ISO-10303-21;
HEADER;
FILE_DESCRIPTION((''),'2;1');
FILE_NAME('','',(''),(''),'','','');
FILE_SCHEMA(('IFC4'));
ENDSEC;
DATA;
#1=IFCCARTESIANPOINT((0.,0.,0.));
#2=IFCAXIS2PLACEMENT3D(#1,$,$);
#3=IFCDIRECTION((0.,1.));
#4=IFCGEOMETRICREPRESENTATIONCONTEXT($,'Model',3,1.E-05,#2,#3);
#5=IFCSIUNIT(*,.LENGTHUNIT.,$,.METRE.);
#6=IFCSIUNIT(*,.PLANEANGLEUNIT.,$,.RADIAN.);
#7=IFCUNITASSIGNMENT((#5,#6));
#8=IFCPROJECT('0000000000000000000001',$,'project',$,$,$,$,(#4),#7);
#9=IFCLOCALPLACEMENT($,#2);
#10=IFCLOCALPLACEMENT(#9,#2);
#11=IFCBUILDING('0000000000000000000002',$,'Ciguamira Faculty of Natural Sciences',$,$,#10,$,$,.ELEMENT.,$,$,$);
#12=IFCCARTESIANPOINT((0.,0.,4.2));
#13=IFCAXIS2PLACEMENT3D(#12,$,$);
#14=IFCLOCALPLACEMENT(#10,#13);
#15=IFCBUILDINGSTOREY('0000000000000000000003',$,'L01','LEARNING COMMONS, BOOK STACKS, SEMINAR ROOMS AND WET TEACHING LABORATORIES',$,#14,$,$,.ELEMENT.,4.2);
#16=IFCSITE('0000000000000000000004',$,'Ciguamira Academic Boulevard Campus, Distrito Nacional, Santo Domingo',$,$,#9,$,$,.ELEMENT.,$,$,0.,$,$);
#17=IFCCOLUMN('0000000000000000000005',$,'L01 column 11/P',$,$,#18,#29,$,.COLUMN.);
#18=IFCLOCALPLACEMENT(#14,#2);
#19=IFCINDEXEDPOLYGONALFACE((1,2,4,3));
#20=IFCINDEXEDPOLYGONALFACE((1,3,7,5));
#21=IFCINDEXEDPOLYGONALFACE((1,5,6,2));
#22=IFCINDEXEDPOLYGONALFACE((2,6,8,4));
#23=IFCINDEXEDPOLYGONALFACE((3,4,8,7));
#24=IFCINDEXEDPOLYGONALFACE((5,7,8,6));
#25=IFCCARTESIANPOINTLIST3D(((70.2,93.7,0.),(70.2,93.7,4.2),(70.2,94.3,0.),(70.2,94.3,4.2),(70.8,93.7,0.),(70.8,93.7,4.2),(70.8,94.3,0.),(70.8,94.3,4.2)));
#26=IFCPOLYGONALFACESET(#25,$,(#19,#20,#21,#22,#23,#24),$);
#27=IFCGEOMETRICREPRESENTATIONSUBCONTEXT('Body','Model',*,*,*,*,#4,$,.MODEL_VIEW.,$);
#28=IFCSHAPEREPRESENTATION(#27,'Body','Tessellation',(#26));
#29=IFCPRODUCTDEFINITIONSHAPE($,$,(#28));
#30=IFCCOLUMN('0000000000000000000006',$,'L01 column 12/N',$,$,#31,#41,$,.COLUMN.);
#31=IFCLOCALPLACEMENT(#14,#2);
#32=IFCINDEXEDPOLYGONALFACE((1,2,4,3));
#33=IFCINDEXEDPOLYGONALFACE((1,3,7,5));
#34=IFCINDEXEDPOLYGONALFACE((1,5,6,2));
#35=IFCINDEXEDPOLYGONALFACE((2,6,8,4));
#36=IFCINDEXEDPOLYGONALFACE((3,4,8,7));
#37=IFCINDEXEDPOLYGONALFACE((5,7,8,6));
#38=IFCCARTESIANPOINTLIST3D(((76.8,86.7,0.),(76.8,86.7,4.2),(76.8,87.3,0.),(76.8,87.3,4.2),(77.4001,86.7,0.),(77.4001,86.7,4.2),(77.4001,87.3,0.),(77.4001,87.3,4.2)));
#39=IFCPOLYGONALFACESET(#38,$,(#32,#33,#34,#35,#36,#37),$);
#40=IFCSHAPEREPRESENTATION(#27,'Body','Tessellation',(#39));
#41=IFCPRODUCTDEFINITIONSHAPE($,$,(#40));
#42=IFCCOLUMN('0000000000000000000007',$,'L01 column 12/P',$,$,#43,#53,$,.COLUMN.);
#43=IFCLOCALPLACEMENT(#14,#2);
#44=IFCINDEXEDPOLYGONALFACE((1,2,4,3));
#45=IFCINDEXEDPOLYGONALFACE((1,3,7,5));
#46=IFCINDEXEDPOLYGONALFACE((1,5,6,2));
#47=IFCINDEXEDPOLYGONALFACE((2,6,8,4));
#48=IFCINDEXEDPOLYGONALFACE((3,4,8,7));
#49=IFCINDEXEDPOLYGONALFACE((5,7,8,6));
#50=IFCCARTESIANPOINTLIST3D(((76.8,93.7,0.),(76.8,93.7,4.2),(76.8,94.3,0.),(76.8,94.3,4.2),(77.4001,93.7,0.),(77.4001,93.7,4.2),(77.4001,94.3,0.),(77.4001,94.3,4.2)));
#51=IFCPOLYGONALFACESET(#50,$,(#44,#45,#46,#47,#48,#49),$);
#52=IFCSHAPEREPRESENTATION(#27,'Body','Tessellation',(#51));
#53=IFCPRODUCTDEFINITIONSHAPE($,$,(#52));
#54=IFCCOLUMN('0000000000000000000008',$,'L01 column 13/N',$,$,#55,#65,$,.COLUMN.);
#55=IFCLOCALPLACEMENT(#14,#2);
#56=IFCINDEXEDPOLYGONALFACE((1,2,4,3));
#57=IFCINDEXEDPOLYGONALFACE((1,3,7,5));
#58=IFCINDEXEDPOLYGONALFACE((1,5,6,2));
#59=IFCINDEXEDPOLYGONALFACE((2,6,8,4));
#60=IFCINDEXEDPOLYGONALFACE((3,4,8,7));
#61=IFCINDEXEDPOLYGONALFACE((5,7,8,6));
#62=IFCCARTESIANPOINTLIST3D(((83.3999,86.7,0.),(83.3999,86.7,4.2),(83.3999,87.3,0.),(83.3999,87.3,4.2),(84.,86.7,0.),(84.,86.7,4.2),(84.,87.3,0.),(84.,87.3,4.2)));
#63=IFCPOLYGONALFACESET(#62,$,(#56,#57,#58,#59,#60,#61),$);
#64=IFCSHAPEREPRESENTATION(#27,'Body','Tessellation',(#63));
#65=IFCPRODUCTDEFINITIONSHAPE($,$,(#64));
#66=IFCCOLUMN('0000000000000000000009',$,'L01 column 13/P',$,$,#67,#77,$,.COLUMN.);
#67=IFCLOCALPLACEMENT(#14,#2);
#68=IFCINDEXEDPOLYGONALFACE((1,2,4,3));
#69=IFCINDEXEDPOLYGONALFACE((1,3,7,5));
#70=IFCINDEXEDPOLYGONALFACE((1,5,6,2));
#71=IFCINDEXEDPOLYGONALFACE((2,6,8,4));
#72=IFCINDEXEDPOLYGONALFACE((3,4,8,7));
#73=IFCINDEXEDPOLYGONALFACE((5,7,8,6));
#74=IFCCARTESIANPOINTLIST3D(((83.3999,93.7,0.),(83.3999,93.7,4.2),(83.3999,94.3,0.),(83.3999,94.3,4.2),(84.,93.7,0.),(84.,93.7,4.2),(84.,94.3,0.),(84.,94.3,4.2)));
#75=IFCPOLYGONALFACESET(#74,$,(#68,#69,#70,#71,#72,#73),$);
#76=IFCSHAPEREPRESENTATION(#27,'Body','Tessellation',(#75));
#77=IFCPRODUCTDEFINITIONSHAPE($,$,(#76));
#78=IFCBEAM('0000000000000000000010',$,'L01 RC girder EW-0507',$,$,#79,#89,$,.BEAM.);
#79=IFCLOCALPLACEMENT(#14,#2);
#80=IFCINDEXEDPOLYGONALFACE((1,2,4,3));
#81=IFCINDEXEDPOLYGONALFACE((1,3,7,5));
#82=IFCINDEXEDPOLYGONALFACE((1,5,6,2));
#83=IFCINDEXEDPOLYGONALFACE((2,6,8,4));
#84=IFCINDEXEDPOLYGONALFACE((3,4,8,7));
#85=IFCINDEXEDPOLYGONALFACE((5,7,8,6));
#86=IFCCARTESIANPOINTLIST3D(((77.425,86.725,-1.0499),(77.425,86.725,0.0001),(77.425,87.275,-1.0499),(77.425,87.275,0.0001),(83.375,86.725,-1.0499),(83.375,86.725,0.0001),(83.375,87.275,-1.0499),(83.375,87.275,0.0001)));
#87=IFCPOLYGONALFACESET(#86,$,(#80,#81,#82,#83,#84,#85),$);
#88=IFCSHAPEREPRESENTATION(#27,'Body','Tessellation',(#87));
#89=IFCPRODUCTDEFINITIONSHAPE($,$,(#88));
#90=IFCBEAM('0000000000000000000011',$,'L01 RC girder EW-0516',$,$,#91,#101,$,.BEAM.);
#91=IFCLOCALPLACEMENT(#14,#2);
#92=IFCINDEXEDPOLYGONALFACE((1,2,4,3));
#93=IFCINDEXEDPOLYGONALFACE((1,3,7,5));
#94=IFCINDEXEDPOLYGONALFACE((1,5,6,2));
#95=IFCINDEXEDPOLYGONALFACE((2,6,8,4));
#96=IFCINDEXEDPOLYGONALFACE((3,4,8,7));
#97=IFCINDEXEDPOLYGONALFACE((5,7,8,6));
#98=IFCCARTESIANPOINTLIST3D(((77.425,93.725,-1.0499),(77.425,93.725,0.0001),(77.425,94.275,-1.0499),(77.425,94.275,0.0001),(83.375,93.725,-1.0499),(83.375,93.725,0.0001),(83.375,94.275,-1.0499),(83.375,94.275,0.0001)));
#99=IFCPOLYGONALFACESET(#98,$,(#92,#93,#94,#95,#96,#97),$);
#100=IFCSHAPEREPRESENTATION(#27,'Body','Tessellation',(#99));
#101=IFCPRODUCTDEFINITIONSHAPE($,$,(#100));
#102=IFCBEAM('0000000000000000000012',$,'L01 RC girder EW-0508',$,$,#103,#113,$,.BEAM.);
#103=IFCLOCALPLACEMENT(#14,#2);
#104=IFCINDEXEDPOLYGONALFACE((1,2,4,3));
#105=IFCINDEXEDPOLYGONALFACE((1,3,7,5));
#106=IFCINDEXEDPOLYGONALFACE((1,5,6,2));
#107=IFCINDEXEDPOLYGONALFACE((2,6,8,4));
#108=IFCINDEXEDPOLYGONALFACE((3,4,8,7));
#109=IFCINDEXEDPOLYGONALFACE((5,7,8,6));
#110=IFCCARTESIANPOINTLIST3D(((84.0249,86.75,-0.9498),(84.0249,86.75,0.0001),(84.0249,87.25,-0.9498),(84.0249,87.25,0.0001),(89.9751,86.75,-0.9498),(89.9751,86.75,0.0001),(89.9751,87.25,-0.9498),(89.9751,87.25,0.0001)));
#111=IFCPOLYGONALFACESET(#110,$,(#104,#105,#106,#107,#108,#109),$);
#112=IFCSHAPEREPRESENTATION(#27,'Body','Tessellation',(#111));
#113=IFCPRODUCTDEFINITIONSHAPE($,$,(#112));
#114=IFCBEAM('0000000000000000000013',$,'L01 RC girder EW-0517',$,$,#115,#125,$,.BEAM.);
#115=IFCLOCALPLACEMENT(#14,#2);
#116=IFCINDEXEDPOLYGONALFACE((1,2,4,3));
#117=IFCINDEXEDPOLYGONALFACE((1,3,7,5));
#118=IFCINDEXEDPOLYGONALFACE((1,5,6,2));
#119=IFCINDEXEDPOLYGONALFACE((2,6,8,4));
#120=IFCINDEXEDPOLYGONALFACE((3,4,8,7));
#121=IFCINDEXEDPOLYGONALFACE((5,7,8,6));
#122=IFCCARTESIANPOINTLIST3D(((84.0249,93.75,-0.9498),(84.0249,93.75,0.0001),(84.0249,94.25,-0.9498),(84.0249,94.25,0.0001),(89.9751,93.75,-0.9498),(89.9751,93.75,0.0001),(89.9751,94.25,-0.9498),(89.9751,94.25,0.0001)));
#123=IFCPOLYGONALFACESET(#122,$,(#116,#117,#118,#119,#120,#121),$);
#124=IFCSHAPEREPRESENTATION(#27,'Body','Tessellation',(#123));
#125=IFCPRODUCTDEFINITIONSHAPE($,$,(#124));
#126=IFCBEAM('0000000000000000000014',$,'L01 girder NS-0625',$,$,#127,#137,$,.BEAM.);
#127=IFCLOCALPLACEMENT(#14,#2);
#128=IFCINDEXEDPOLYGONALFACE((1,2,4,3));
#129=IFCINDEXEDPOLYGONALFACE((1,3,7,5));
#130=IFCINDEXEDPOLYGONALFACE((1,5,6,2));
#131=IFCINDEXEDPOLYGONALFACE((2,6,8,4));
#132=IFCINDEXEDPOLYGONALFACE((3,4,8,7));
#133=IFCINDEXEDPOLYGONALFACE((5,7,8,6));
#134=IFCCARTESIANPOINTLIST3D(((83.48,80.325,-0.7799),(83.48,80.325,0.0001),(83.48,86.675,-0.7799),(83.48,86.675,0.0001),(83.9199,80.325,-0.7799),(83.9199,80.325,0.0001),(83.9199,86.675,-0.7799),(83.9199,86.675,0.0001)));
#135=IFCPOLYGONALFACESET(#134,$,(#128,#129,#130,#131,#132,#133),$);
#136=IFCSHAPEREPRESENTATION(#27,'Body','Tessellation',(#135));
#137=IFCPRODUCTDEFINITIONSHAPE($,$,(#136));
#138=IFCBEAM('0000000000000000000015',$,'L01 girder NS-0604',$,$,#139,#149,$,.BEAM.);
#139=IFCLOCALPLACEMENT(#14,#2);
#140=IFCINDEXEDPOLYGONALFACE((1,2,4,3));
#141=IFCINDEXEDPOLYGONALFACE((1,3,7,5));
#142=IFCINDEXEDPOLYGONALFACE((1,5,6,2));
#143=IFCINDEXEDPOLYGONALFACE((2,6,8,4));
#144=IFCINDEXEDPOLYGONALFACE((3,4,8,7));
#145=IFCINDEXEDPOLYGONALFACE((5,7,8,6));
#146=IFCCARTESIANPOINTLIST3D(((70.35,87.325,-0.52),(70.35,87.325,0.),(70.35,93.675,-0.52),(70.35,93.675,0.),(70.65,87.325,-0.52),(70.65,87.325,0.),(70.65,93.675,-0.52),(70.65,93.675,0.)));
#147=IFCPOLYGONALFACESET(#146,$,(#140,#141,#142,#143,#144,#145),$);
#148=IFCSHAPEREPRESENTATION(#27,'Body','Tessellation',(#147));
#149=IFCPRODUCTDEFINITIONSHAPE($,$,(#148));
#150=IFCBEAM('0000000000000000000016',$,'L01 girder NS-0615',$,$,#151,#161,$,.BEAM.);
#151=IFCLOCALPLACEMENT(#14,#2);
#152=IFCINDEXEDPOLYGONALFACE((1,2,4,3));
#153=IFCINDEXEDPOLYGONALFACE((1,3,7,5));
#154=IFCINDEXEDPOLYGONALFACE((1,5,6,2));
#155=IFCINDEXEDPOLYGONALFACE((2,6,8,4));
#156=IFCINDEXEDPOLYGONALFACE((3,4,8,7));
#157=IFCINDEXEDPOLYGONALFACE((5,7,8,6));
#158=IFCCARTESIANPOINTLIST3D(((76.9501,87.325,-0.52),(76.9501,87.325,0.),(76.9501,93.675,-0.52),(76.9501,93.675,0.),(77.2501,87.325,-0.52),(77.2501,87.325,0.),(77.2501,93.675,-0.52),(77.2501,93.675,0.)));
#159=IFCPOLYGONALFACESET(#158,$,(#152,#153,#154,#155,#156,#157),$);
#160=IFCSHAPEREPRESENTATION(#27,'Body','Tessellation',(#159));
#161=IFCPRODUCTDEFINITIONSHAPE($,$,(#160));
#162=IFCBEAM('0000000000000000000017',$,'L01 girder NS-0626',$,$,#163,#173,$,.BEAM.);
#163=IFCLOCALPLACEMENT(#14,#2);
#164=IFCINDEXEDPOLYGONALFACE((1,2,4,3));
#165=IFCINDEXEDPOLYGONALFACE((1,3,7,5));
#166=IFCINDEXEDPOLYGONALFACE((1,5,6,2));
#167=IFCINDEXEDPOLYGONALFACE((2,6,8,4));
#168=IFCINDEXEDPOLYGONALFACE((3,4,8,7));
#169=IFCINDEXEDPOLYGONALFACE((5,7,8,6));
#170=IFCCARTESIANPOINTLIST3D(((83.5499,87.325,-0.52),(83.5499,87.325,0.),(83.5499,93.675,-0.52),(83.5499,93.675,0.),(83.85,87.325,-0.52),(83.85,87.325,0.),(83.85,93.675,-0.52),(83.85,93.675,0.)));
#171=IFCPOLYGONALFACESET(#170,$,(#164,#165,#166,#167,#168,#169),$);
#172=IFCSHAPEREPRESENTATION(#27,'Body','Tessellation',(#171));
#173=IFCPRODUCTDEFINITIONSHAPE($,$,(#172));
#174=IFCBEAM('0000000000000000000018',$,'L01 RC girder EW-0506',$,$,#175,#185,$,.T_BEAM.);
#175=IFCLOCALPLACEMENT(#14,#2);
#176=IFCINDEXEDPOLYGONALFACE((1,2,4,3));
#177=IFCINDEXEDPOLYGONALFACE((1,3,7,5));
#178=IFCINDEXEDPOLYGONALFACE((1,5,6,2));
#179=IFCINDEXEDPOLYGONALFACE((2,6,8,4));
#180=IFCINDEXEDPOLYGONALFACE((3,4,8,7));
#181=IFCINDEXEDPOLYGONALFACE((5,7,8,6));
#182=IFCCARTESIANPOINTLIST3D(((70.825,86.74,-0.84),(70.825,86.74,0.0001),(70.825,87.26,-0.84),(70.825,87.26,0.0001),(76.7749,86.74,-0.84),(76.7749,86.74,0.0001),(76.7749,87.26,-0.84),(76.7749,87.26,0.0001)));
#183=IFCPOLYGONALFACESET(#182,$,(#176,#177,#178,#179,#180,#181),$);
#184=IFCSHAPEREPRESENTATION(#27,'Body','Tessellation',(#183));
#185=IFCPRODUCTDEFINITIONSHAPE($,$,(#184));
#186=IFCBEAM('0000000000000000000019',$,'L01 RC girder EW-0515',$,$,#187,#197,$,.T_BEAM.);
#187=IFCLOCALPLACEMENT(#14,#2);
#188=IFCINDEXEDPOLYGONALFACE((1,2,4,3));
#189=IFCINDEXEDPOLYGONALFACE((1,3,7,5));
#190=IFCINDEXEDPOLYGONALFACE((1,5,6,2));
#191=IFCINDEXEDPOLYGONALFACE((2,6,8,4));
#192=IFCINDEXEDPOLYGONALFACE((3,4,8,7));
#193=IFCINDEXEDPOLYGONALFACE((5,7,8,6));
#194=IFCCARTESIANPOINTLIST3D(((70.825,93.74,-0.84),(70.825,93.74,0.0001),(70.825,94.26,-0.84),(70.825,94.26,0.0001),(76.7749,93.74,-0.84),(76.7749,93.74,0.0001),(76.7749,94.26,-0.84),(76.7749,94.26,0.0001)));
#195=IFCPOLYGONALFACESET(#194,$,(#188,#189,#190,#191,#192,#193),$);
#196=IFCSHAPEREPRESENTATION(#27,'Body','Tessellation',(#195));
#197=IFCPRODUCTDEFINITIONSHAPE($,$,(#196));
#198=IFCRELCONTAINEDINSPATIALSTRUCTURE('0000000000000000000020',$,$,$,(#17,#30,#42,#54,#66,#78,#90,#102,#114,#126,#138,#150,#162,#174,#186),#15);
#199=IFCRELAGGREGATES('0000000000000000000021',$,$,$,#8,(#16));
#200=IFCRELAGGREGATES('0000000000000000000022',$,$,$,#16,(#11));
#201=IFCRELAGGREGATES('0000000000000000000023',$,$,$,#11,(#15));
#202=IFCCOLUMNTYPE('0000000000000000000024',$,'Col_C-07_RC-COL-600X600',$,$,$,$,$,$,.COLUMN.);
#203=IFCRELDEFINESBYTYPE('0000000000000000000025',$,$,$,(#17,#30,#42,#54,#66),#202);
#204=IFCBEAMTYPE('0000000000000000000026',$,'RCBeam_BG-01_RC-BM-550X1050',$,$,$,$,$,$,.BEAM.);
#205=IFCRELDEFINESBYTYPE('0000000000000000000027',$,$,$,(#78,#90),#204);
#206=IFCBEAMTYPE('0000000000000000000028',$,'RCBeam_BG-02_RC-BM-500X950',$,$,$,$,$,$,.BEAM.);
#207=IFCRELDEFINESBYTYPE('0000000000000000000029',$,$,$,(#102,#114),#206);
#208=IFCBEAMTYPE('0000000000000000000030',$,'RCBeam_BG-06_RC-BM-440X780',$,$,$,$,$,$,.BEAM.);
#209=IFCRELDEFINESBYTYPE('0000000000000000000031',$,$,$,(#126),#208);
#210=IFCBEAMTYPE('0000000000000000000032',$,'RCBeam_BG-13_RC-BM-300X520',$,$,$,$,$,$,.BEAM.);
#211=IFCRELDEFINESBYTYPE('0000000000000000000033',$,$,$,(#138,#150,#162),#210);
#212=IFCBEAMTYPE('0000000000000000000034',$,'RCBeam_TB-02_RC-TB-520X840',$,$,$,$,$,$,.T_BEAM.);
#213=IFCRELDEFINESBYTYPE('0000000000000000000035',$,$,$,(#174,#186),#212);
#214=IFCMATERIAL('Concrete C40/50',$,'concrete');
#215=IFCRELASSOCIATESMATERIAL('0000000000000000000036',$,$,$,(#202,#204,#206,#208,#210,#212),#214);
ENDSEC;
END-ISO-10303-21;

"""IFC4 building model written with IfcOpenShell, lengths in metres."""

from ifc_helpers import new_model, si_unit, direction, frame, origin, origin_2d, place, context, subcontext, project, spatial, rectangle, extrude, material, material_profile, profile_set, type_object, element, save


model = new_model("IFC4")

# Units and contexts
model_context = context("Model", 3, precision=1e-05, world=origin(), true_north=direction((0.0, 1.0)))
body_context = subcontext(model_context, "Body", "Model", "MODEL_VIEW")
ifc_project = project(units=[si_unit("LENGTHUNIT", "METRE"), si_unit("PLANEANGLEUNIT", "RADIAN")], contexts=[model_context])

# Site, building, storey
site_placement = place(None, origin())
site = spatial("IfcSite", under=ifc_project, at=site_placement, Name="Ciguamira Academic Boulevard Campus, Distrito Nacional, Santo Domingo", CompositionType="ELEMENT", RefElevation=0.0)
building_placement = place(site_placement, origin())
building = spatial("IfcBuilding", under=site, at=building_placement, Name="Ciguamira Faculty of Natural Sciences", CompositionType="ELEMENT")
storey_placement = place(building_placement, frame((0.0, 0.0, 4.2)))
storey = spatial("IfcBuildingStorey", under=building, at=storey_placement, Name="L01", Description="LEARNING COMMONS, BOOK STACKS, SEMINAR ROOMS AND WET TEACHING LABORATORIES", CompositionType="ELEMENT", Elevation=4.2)

# Columns
ifc_material_1 = material(Name="Concrete C40/50", Category="concrete")
ifc_material_profile_1 = material_profile(ifc_material_1, rectangle(XDim=0.6001, YDim=0.6001, at=origin_2d()), Name="RC-COL-600X600")
ifc_profile_set_1 = profile_set([ifc_material_profile_1], Name="Concrete C40/50")
column_type = type_object("IfcColumnType", Name="Col_C-07_RC-COL-600X600", PredefinedType="COLUMN", material=ifc_profile_set_1)
for number, where, z_axis, x_axis, name in (
    (1, (70.5, 94.0, 0.0), (0.0, 0.0, 1.0), (1.0, 0.0, 0.0), "L01 column 11/P"),
    (2, (77.1001, 87.0, 0.0), (0.0, 0.0, 1.0), (1.0, 0.0, 0.0), "L01 column 12/N"),
    (3, (77.1001, 94.0, 0.0), (0.0, 0.0, 1.0), (1.0, 0.0, 0.0), "L01 column 12/P"),
    (4, (83.7, 87.0, 0.0), (0.0, 0.0, 1.0), (1.0, 0.0, 0.0), "L01 column 13/N"),
    (5, (83.7, 94.0, 0.0), (0.0, 0.0, 1.0), (1.0, 0.0, 0.0), "L01 column 13/P"),
):
    element("IfcColumn", number, at=place(storey_placement, frame(where, z_axis=z_axis, x_axis=x_axis)), inside=storey, type_object=column_type, Name=name, PredefinedType="COLUMN", context=body_context, shape_type="SweptSolid", body=[
        extrude(rectangle(XDim=0.6001, YDim=0.6001, at=origin_2d()), origin(), (0.0, 0.0, 1.0), 4.2),
    ])

# Beams
ifc_material_profile_2 = material_profile(ifc_material_1, rectangle(XDim=0.55, YDim=1.05, at=origin_2d()), Name="RC-BM-550X1050")
ifc_profile_set_2 = profile_set([ifc_material_profile_2], Name="Concrete C40/50")
beam_type_1 = type_object("IfcBeamType", Name="RCBeam_BG-01_RC-BM-550X1050", PredefinedType="BEAM", material=ifc_profile_set_2)
for number, where, z_axis, x_axis, name in (
    (6, (77.425, 87.0, -0.5249), (1.0, 0.0, 0.0), (0.0, 1.0, 0.0), "L01 RC girder EW-0507"),
    (7, (77.425, 94.0, -0.5249), (1.0, 0.0, 0.0), (0.0, 1.0, 0.0), "L01 RC girder EW-0516"),
):
    element("IfcBeam", number, at=place(storey_placement, frame(where, z_axis=z_axis, x_axis=x_axis)), inside=storey, type_object=beam_type_1, Name=name, PredefinedType="BEAM", context=body_context, shape_type="SweptSolid", body=[
        extrude(rectangle(XDim=0.55, YDim=1.05, at=origin_2d()), origin(), (0.0, 0.0, 1.0), 5.95),
    ])
ifc_material_profile_3 = material_profile(ifc_material_1, rectangle(XDim=0.5, YDim=0.95, at=origin_2d()), Name="RC-BM-500X950")
ifc_profile_set_3 = profile_set([ifc_material_profile_3], Name="Concrete C40/50")
beam_type_2 = type_object("IfcBeamType", Name="RCBeam_BG-02_RC-BM-500X950", PredefinedType="BEAM", material=ifc_profile_set_3)
for number, where, z_axis, x_axis, name in (
    (8, (84.0249, 87.0, -0.4749), (1.0, 0.0, 0.0), (0.0, 1.0, 0.0), "L01 RC girder EW-0508"),
    (9, (84.0249, 94.0, -0.4749), (1.0, 0.0, 0.0), (0.0, 1.0, 0.0), "L01 RC girder EW-0517"),
):
    element("IfcBeam", number, at=place(storey_placement, frame(where, z_axis=z_axis, x_axis=x_axis)), inside=storey, type_object=beam_type_2, Name=name, PredefinedType="BEAM", context=body_context, shape_type="SweptSolid", body=[
        extrude(rectangle(XDim=0.5, YDim=0.95, at=origin_2d()), origin(), (0.0, 0.0, 1.0), 5.9502),
    ])
ifc_material_profile_4 = material_profile(ifc_material_1, rectangle(XDim=0.4399, YDim=0.78, at=origin_2d()), Name="RC-BM-440X780")
ifc_profile_set_4 = profile_set([ifc_material_profile_4], Name="Concrete C40/50")
beam_type_3 = type_object("IfcBeamType", Name="RCBeam_BG-06_RC-BM-440X780", PredefinedType="BEAM", material=ifc_profile_set_4)
beam_1_placement = place(storey_placement, frame((83.7, 80.325, -0.3899), z_axis=(0.0, 1.0, 0.0), x_axis=(-1.0, 0.0, 0.0)))
element("IfcBeam", 10, at=beam_1_placement, inside=storey, type_object=beam_type_3, Name="L01 girder NS-0625", PredefinedType="BEAM", context=body_context, shape_type="SweptSolid", body=[
    extrude(rectangle(XDim=0.4399, YDim=0.78, at=origin_2d()), origin(), (0.0, 0.0, 1.0), 6.3501),
])
ifc_material_profile_5 = material_profile(ifc_material_1, rectangle(XDim=0.3, YDim=0.52, at=origin_2d()), Name="RC-BM-300X520")
ifc_profile_set_5 = profile_set([ifc_material_profile_5], Name="Concrete C40/50")
beam_type_4 = type_object("IfcBeamType", Name="RCBeam_BG-13_RC-BM-300X520", PredefinedType="BEAM", material=ifc_profile_set_5)
for number, where, z_axis, x_axis, name in (
    (11, (70.5, 87.325, -0.26), (0.0, 1.0, 0.0), (-1.0, 0.0, 0.0), "L01 girder NS-0604"),
    (12, (77.1001, 87.325, -0.26), (0.0, 1.0, 0.0), (-1.0, 0.0, 0.0), "L01 girder NS-0615"),
    (13, (83.7, 87.325, -0.26), (0.0, 1.0, 0.0), (-1.0, 0.0, 0.0), "L01 girder NS-0626"),
):
    element("IfcBeam", number, at=place(storey_placement, frame(where, z_axis=z_axis, x_axis=x_axis)), inside=storey, type_object=beam_type_4, Name=name, PredefinedType="BEAM", context=body_context, shape_type="SweptSolid", body=[
        extrude(rectangle(XDim=0.3, YDim=0.52, at=origin_2d()), origin(), (0.0, 0.0, 1.0), 6.3501),
    ])
ifc_material_profile_6 = material_profile(ifc_material_1, rectangle(XDim=0.52, YDim=0.8401, at=origin_2d()), Name="RC-TB-520X840")
ifc_profile_set_6 = profile_set([ifc_material_profile_6], Name="Concrete C40/50")
beam_type_5 = type_object("IfcBeamType", Name="RCBeam_TB-02_RC-TB-520X840", PredefinedType="T_BEAM", material=ifc_profile_set_6)
for number, where, z_axis, x_axis, name in (
    (14, (70.825, 87.0, -0.4199), (1.0, 0.0, 0.0), (0.0, 1.0, 0.0), "L01 RC girder EW-0506"),
    (15, (70.825, 94.0, -0.4199), (1.0, 0.0, 0.0), (0.0, 1.0, 0.0), "L01 RC girder EW-0515"),
):
    element("IfcBeam", number, at=place(storey_placement, frame(where, z_axis=z_axis, x_axis=x_axis)), inside=storey, type_object=beam_type_5, Name=name, PredefinedType="T_BEAM", context=body_context, shape_type="SweptSolid", body=[
        extrude(rectangle(XDim=0.52, YDim=0.8401, at=origin_2d()), origin(), (0.0, 0.0, 1.0), 5.95),
    ])

save(model, "model.ifc")
